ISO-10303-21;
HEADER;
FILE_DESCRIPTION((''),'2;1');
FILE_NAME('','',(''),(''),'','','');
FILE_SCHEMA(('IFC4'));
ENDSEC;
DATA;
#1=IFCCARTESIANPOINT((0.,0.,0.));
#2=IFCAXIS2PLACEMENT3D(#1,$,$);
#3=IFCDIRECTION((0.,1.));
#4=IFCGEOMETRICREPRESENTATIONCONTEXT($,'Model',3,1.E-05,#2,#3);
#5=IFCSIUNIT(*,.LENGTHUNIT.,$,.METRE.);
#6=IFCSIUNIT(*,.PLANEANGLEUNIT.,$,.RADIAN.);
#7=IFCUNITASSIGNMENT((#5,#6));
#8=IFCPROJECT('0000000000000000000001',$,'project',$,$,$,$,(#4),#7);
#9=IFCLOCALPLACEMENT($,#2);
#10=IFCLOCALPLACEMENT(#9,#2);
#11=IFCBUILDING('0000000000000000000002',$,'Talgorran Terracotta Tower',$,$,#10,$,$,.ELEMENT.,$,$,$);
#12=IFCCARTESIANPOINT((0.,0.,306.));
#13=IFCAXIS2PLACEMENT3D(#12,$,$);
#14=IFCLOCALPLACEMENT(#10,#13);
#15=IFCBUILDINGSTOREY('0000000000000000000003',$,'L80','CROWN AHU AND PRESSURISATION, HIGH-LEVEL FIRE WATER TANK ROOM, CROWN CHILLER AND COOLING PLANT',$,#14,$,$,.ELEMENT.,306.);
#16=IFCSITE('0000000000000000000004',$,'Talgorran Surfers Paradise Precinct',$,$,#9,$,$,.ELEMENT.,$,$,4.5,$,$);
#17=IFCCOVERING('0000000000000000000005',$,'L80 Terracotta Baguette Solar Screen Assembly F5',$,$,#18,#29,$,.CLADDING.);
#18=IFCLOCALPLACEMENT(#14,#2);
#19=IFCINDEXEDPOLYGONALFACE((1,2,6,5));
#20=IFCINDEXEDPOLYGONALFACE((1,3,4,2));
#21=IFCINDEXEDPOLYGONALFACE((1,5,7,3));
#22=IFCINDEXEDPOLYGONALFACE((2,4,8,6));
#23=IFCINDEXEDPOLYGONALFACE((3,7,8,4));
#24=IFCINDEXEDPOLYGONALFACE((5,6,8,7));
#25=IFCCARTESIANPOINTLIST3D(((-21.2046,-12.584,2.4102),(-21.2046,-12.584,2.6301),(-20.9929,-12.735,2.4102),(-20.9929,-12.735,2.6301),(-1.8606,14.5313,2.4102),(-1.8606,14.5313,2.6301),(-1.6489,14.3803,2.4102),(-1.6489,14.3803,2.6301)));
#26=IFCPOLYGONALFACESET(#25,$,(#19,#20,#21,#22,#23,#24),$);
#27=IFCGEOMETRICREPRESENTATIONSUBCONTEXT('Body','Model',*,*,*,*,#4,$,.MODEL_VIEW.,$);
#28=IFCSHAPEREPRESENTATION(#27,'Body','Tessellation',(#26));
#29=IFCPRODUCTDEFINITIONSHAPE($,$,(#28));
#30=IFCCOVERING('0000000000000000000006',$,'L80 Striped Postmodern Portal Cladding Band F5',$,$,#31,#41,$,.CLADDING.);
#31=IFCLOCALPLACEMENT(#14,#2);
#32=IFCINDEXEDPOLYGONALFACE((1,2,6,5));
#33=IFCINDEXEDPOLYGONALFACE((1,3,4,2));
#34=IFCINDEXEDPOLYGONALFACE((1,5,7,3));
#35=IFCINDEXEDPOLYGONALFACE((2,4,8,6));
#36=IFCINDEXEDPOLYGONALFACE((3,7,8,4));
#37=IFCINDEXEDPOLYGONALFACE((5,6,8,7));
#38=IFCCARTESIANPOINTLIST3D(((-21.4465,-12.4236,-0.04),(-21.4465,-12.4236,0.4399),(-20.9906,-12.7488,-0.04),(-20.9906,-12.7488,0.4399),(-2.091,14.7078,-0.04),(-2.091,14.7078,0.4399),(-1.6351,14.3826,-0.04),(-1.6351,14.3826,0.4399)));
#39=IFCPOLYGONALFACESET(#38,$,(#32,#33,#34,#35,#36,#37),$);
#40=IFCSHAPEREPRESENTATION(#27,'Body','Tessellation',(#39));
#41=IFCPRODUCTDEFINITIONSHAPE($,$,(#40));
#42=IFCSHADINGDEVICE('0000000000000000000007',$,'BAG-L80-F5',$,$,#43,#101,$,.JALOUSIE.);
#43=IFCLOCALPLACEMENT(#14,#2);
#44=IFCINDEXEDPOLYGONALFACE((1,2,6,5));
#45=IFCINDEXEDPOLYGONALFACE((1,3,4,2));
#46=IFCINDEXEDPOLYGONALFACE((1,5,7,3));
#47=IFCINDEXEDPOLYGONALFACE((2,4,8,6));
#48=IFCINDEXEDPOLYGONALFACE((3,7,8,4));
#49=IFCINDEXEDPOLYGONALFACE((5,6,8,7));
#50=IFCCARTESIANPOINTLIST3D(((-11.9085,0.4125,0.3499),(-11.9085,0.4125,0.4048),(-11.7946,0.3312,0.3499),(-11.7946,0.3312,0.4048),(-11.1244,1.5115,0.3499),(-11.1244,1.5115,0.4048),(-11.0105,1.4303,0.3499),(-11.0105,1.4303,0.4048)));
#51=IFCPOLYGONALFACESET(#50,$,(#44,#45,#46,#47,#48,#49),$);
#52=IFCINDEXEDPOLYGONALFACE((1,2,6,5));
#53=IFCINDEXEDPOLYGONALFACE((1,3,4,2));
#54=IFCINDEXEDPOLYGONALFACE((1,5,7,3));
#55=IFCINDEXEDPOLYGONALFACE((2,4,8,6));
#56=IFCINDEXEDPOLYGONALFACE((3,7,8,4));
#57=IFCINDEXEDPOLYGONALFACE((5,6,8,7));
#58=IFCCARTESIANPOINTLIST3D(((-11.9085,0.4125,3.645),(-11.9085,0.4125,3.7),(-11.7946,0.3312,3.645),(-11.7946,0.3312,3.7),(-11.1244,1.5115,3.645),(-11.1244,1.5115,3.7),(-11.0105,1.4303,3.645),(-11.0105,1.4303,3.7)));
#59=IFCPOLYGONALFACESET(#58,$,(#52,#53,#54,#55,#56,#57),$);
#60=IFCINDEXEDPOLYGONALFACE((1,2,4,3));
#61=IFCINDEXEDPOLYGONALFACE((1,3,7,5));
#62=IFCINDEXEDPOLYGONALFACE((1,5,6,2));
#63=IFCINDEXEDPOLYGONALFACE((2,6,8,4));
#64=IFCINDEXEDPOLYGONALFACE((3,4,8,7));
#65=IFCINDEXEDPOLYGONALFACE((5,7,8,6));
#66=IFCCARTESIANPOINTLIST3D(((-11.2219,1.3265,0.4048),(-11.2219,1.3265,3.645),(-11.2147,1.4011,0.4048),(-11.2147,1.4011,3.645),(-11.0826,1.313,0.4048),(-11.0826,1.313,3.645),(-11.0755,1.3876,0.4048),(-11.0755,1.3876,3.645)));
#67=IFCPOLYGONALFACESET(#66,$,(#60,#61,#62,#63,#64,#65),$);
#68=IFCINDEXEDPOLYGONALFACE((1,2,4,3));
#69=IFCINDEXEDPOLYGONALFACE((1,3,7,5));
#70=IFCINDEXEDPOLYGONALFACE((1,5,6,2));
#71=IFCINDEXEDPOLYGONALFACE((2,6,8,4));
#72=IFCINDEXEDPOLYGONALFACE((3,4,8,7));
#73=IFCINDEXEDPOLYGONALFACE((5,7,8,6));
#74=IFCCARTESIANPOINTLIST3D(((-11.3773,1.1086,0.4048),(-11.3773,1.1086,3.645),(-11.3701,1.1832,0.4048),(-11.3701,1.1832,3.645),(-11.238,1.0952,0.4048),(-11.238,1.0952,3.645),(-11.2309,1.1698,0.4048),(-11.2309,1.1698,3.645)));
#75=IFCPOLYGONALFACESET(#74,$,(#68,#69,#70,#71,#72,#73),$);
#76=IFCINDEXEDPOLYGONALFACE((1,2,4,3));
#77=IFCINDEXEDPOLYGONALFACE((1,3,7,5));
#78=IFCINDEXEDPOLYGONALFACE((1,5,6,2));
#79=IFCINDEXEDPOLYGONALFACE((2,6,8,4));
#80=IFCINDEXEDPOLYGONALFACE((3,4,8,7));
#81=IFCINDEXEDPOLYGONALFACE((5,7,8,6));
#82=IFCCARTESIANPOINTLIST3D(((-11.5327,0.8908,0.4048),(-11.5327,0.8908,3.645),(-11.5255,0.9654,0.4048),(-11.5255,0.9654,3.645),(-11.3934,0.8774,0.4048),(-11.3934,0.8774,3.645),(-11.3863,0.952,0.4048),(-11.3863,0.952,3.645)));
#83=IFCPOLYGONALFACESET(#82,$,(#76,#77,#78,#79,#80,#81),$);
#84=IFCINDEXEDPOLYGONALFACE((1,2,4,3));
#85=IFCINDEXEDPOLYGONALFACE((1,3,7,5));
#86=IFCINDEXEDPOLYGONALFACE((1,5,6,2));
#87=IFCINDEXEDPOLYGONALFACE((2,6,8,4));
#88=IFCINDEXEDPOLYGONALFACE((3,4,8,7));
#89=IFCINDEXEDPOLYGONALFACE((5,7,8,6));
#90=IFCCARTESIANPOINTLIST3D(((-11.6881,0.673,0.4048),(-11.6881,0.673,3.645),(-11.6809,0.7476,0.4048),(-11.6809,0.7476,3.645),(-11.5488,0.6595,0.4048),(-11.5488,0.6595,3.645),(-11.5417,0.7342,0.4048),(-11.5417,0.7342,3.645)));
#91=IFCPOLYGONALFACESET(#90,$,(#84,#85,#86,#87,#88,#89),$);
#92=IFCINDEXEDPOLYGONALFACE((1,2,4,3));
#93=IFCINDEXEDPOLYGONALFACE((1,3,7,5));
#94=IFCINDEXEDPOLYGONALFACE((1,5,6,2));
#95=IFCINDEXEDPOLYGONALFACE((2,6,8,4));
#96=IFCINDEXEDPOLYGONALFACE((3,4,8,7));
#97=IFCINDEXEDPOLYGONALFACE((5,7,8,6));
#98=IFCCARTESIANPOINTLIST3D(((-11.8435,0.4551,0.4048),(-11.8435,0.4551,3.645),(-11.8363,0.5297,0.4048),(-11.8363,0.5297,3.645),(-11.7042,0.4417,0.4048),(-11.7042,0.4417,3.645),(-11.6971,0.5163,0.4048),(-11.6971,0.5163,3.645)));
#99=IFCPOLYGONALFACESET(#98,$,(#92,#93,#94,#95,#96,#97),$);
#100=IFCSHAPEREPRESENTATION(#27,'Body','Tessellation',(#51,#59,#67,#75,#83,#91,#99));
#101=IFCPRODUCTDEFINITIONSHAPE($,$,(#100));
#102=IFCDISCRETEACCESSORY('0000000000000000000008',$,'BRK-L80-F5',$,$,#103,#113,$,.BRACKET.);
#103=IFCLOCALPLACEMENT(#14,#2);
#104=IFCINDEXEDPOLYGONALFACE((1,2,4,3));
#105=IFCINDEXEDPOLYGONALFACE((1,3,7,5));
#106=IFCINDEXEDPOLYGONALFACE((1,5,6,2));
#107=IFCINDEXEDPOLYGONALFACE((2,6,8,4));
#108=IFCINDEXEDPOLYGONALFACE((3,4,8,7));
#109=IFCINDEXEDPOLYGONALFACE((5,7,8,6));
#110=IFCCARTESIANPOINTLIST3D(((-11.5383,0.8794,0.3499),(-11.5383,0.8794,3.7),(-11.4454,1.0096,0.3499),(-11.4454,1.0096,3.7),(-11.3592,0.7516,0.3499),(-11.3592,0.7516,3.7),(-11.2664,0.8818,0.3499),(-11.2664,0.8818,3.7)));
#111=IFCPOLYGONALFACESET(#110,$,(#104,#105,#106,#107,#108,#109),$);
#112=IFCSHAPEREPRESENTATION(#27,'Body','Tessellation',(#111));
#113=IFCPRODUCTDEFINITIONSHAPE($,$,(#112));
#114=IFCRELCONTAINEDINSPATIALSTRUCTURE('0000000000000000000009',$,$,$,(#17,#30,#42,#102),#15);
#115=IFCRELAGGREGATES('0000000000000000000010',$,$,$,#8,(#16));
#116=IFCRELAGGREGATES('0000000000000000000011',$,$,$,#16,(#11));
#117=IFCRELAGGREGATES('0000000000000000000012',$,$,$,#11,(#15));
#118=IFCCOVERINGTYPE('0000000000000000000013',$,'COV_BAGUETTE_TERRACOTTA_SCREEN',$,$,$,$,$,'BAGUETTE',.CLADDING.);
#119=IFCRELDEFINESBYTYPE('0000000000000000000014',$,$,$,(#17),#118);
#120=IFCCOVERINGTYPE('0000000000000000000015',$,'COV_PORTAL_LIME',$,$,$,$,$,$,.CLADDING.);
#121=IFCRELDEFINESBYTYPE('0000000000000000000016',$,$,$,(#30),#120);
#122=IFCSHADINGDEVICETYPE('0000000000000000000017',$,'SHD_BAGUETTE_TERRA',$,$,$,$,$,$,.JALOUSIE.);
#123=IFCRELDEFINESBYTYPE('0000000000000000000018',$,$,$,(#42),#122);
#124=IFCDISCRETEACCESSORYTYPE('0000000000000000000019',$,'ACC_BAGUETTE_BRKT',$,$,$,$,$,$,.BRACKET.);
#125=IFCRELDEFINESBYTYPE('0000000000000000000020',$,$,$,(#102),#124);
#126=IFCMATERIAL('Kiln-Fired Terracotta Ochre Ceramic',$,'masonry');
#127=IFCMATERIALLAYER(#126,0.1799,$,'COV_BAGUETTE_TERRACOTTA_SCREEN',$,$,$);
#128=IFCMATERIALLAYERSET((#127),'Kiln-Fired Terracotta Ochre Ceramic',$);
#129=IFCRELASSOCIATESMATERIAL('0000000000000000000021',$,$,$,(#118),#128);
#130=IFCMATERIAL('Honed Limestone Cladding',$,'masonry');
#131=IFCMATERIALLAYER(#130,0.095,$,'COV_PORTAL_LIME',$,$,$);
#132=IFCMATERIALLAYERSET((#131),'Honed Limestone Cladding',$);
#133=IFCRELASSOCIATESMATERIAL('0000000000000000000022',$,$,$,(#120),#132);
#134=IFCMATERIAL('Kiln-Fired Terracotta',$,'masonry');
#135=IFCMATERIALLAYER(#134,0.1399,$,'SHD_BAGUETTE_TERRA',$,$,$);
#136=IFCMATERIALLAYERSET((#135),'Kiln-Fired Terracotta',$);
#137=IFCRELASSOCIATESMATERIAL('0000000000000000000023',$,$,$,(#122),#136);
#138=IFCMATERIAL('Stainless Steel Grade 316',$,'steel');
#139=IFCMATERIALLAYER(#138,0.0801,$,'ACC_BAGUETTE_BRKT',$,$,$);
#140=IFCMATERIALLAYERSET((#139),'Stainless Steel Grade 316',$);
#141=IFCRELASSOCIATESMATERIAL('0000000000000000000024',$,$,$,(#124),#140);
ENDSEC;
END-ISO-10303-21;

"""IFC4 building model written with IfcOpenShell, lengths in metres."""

from ifc_helpers import new_model, si_unit, direction, frame, origin, origin_2d, place, context, subcontext, project, spatial, rectangle, extrude, source, transform, mapped, material, layer, layer_set, type_object, type_shapes, element, save


model = new_model("IFC4")

# Units and contexts
model_context = context("Model", 3, precision=1e-05, world=origin(), true_north=direction((0.0, 1.0)))
body_context = subcontext(model_context, "Body", "Model", "MODEL_VIEW")
ifc_project = project(units=[si_unit("LENGTHUNIT", "METRE"), si_unit("PLANEANGLEUNIT", "RADIAN")], contexts=[model_context])

# Site, building, storey
site_placement = place(None, origin())
site = spatial("IfcSite", under=ifc_project, at=site_placement, Name="Talgorran Surfers Paradise Precinct", CompositionType="ELEMENT", RefElevation=4.5)
building_placement = place(site_placement, origin())
building = spatial("IfcBuilding", under=site, at=building_placement, Name="Talgorran Terracotta Tower", CompositionType="ELEMENT")
storey_placement = place(building_placement, frame((0.0, 0.0, 306.0)))
storey = spatial("IfcBuildingStorey", under=building, at=storey_placement, Name="L80", Description="CROWN AHU AND PRESSURISATION, HIGH-LEVEL FIRE WATER TANK ROOM, CROWN CHILLER AND COOLING PLANT", CompositionType="ELEMENT", Elevation=306.0)

# Coverings
ifc_material_1 = material(Name="Kiln-Fired Terracotta Ochre Ceramic", Category="masonry")
ifc_layer_1 = layer(ifc_material_1, 0.1799, Name="COV_BAGUETTE_TERRACOTTA_SCREEN")
ifc_layer_set_1 = layer_set([ifc_layer_1], Name="Kiln-Fired Terracotta Ochre Ceramic")
covering_type_1 = type_object("IfcCoveringType", Name="COV_BAGUETTE_TERRACOTTA_SCREEN", ElementType="BAGUETTE", PredefinedType="CLADDING", material=ifc_layer_set_1)
covering_1_placement = place(storey_placement, frame((-11.4268, 0.8982, 2.4102), z_axis=(0.0, 0.0, 1.0), x_axis=(-0.58076, -0.814075, 0.0)))
element("IfcCovering", 1, at=covering_1_placement, inside=storey, type_object=covering_type_1, Name="L80 Terracotta Baguette Solar Screen Assembly F5", PredefinedType="CLADDING", context=body_context, shape_type="SweptSolid", body=[
    extrude(rectangle(XDim=33.3081, YDim=0.26, at=origin_2d()), origin(), (0.0, 0.0, 1.0), 0.22),
])
ifc_material_2 = material(Name="Honed Limestone Cladding", Category="masonry")
ifc_layer_2 = layer(ifc_material_2, 0.095, Name="COV_PORTAL_LIME")
ifc_layer_set_2 = layer_set([ifc_layer_2], Name="Honed Limestone Cladding")
covering_type_2 = type_object("IfcCoveringType", Name="COV_PORTAL_LIME", PredefinedType="CLADDING", material=ifc_layer_set_2)
covering_2_placement = place(storey_placement, frame((-11.5408, 0.9795, -0.04), z_axis=(0.0, 0.0, 1.0), x_axis=(-0.58076, -0.814075, 0.0)))
element("IfcCovering", 2, at=covering_2_placement, inside=storey, type_object=covering_type_2, Name="L80 Striped Postmodern Portal Cladding Band F5", PredefinedType="CLADDING", context=body_context, shape_type="SweptSolid", body=[
    extrude(rectangle(XDim=33.3279, YDim=0.5601, at=origin_2d()), origin(), (0.0, 0.0, 1.0), 0.48),
])

# Shading device
ifc_material_3 = material(Name="Kiln-Fired Terracotta", Category="masonry")
ifc_layer_3 = layer(ifc_material_3, 0.1399, Name="SHD_BAGUETTE_TERRA")
ifc_layer_set_3 = layer_set([ifc_layer_3], Name="Kiln-Fired Terracotta")
shading_device_type = type_object("IfcShadingDeviceType", Name="SHD_BAGUETTE_TERRA", PredefinedType="JALOUSIE", material=ifc_layer_set_3)
shared_shape_1 = source(origin(), body_context, "Body", "SweptSolid", [
    extrude(rectangle(XDim=1.3501, YDim=0.1399, at=origin_2d()), origin(), (0.0, 0.0, 1.0), 0.0549),
    extrude(rectangle(XDim=1.3501, YDim=0.1399, at=origin_2d()), frame((0.0, 0.0, 3.2952)), (0.0, 0.0, 1.0), 0.0549),
    extrude(rectangle(XDim=0.075, YDim=0.1399, at=origin_2d()), frame((-0.5352, 0.0, 0.0549), z_axis=(0.0, 0.0, 1.0), x_axis=(0.866025, 0.5, 0.0)), (0.0, 0.0, 1.0), 3.2402),
    extrude(rectangle(XDim=0.075, YDim=0.1399, at=origin_2d()), frame((-0.2676, 0.0, 0.0549), z_axis=(0.0, 0.0, 1.0), x_axis=(0.866025, 0.5, 0.0)), (0.0, 0.0, 1.0), 3.2402),
    extrude(rectangle(XDim=0.075, YDim=0.1399, at=origin_2d()), frame((0.0, 0.0, 0.0549), z_axis=(0.0, 0.0, 1.0), x_axis=(0.866025, 0.5, 0.0)), (0.0, 0.0, 1.0), 3.2402),
    extrude(rectangle(XDim=0.075, YDim=0.1399, at=origin_2d()), frame((0.2676, 0.0, 0.0549), z_axis=(0.0, 0.0, 1.0), x_axis=(0.866025, 0.5, 0.0)), (0.0, 0.0, 1.0), 3.2402),
    extrude(rectangle(XDim=0.075, YDim=0.1399, at=origin_2d()), frame((0.5352, 0.0, 0.0549), z_axis=(0.0, 0.0, 1.0), x_axis=(0.866025, 0.5, 0.0)), (0.0, 0.0, 1.0), 3.2402),
])
type_shapes(shading_device_type, [shared_shape_1])
shading_device_placement = place(storey_placement, frame((-11.4595, 0.9214, 0.3499), z_axis=(0.0, 0.0, 1.0), x_axis=(-0.58076, -0.814075, 0.0)))
element("IfcShadingDevice", 3, at=shading_device_placement, inside=storey, type_object=shading_device_type, Name="BAG-L80-F5", PredefinedType="JALOUSIE", context=body_context, shape_type="MappedRepresentation", body=[
    mapped(shared_shape_1, transform((0.0, 0.0, 0.0), scale=1.0)),
])

# Discrete accessory
ifc_material_4 = material(Name="Stainless Steel Grade 316", Category="steel")
ifc_layer_4 = layer(ifc_material_4, 0.0801, Name="ACC_BAGUETTE_BRKT")
ifc_layer_set_4 = layer_set([ifc_layer_4], Name="Stainless Steel Grade 316")
discrete_accessory_type = type_object("IfcDiscreteAccessoryType", Name="ACC_BAGUETTE_BRKT", PredefinedType="BRACKET", material=ifc_layer_set_4)
shared_shape_2 = source(origin(), body_context, "Body", "SweptSolid", [
    extrude(rectangle(XDim=0.1599, YDim=0.22, at=origin_2d()), origin(), (0.0, 0.0, 1.0), 3.3501),
])
type_shapes(discrete_accessory_type, [shared_shape_2])
discrete_accessory_placement = place(storey_placement, frame((-11.4023, 0.8806, 0.3499), z_axis=(0.0, 0.0, 1.0), x_axis=(-0.58076, -0.814075, 0.0)))
element("IfcDiscreteAccessory", 4, at=discrete_accessory_placement, inside=storey, type_object=discrete_accessory_type, Name="BRK-L80-F5", PredefinedType="BRACKET", context=body_context, shape_type="MappedRepresentation", body=[
    mapped(shared_shape_2, transform((0.0, 0.0, 0.0), scale=1.0)),
])

save(model, "model.ifc")
